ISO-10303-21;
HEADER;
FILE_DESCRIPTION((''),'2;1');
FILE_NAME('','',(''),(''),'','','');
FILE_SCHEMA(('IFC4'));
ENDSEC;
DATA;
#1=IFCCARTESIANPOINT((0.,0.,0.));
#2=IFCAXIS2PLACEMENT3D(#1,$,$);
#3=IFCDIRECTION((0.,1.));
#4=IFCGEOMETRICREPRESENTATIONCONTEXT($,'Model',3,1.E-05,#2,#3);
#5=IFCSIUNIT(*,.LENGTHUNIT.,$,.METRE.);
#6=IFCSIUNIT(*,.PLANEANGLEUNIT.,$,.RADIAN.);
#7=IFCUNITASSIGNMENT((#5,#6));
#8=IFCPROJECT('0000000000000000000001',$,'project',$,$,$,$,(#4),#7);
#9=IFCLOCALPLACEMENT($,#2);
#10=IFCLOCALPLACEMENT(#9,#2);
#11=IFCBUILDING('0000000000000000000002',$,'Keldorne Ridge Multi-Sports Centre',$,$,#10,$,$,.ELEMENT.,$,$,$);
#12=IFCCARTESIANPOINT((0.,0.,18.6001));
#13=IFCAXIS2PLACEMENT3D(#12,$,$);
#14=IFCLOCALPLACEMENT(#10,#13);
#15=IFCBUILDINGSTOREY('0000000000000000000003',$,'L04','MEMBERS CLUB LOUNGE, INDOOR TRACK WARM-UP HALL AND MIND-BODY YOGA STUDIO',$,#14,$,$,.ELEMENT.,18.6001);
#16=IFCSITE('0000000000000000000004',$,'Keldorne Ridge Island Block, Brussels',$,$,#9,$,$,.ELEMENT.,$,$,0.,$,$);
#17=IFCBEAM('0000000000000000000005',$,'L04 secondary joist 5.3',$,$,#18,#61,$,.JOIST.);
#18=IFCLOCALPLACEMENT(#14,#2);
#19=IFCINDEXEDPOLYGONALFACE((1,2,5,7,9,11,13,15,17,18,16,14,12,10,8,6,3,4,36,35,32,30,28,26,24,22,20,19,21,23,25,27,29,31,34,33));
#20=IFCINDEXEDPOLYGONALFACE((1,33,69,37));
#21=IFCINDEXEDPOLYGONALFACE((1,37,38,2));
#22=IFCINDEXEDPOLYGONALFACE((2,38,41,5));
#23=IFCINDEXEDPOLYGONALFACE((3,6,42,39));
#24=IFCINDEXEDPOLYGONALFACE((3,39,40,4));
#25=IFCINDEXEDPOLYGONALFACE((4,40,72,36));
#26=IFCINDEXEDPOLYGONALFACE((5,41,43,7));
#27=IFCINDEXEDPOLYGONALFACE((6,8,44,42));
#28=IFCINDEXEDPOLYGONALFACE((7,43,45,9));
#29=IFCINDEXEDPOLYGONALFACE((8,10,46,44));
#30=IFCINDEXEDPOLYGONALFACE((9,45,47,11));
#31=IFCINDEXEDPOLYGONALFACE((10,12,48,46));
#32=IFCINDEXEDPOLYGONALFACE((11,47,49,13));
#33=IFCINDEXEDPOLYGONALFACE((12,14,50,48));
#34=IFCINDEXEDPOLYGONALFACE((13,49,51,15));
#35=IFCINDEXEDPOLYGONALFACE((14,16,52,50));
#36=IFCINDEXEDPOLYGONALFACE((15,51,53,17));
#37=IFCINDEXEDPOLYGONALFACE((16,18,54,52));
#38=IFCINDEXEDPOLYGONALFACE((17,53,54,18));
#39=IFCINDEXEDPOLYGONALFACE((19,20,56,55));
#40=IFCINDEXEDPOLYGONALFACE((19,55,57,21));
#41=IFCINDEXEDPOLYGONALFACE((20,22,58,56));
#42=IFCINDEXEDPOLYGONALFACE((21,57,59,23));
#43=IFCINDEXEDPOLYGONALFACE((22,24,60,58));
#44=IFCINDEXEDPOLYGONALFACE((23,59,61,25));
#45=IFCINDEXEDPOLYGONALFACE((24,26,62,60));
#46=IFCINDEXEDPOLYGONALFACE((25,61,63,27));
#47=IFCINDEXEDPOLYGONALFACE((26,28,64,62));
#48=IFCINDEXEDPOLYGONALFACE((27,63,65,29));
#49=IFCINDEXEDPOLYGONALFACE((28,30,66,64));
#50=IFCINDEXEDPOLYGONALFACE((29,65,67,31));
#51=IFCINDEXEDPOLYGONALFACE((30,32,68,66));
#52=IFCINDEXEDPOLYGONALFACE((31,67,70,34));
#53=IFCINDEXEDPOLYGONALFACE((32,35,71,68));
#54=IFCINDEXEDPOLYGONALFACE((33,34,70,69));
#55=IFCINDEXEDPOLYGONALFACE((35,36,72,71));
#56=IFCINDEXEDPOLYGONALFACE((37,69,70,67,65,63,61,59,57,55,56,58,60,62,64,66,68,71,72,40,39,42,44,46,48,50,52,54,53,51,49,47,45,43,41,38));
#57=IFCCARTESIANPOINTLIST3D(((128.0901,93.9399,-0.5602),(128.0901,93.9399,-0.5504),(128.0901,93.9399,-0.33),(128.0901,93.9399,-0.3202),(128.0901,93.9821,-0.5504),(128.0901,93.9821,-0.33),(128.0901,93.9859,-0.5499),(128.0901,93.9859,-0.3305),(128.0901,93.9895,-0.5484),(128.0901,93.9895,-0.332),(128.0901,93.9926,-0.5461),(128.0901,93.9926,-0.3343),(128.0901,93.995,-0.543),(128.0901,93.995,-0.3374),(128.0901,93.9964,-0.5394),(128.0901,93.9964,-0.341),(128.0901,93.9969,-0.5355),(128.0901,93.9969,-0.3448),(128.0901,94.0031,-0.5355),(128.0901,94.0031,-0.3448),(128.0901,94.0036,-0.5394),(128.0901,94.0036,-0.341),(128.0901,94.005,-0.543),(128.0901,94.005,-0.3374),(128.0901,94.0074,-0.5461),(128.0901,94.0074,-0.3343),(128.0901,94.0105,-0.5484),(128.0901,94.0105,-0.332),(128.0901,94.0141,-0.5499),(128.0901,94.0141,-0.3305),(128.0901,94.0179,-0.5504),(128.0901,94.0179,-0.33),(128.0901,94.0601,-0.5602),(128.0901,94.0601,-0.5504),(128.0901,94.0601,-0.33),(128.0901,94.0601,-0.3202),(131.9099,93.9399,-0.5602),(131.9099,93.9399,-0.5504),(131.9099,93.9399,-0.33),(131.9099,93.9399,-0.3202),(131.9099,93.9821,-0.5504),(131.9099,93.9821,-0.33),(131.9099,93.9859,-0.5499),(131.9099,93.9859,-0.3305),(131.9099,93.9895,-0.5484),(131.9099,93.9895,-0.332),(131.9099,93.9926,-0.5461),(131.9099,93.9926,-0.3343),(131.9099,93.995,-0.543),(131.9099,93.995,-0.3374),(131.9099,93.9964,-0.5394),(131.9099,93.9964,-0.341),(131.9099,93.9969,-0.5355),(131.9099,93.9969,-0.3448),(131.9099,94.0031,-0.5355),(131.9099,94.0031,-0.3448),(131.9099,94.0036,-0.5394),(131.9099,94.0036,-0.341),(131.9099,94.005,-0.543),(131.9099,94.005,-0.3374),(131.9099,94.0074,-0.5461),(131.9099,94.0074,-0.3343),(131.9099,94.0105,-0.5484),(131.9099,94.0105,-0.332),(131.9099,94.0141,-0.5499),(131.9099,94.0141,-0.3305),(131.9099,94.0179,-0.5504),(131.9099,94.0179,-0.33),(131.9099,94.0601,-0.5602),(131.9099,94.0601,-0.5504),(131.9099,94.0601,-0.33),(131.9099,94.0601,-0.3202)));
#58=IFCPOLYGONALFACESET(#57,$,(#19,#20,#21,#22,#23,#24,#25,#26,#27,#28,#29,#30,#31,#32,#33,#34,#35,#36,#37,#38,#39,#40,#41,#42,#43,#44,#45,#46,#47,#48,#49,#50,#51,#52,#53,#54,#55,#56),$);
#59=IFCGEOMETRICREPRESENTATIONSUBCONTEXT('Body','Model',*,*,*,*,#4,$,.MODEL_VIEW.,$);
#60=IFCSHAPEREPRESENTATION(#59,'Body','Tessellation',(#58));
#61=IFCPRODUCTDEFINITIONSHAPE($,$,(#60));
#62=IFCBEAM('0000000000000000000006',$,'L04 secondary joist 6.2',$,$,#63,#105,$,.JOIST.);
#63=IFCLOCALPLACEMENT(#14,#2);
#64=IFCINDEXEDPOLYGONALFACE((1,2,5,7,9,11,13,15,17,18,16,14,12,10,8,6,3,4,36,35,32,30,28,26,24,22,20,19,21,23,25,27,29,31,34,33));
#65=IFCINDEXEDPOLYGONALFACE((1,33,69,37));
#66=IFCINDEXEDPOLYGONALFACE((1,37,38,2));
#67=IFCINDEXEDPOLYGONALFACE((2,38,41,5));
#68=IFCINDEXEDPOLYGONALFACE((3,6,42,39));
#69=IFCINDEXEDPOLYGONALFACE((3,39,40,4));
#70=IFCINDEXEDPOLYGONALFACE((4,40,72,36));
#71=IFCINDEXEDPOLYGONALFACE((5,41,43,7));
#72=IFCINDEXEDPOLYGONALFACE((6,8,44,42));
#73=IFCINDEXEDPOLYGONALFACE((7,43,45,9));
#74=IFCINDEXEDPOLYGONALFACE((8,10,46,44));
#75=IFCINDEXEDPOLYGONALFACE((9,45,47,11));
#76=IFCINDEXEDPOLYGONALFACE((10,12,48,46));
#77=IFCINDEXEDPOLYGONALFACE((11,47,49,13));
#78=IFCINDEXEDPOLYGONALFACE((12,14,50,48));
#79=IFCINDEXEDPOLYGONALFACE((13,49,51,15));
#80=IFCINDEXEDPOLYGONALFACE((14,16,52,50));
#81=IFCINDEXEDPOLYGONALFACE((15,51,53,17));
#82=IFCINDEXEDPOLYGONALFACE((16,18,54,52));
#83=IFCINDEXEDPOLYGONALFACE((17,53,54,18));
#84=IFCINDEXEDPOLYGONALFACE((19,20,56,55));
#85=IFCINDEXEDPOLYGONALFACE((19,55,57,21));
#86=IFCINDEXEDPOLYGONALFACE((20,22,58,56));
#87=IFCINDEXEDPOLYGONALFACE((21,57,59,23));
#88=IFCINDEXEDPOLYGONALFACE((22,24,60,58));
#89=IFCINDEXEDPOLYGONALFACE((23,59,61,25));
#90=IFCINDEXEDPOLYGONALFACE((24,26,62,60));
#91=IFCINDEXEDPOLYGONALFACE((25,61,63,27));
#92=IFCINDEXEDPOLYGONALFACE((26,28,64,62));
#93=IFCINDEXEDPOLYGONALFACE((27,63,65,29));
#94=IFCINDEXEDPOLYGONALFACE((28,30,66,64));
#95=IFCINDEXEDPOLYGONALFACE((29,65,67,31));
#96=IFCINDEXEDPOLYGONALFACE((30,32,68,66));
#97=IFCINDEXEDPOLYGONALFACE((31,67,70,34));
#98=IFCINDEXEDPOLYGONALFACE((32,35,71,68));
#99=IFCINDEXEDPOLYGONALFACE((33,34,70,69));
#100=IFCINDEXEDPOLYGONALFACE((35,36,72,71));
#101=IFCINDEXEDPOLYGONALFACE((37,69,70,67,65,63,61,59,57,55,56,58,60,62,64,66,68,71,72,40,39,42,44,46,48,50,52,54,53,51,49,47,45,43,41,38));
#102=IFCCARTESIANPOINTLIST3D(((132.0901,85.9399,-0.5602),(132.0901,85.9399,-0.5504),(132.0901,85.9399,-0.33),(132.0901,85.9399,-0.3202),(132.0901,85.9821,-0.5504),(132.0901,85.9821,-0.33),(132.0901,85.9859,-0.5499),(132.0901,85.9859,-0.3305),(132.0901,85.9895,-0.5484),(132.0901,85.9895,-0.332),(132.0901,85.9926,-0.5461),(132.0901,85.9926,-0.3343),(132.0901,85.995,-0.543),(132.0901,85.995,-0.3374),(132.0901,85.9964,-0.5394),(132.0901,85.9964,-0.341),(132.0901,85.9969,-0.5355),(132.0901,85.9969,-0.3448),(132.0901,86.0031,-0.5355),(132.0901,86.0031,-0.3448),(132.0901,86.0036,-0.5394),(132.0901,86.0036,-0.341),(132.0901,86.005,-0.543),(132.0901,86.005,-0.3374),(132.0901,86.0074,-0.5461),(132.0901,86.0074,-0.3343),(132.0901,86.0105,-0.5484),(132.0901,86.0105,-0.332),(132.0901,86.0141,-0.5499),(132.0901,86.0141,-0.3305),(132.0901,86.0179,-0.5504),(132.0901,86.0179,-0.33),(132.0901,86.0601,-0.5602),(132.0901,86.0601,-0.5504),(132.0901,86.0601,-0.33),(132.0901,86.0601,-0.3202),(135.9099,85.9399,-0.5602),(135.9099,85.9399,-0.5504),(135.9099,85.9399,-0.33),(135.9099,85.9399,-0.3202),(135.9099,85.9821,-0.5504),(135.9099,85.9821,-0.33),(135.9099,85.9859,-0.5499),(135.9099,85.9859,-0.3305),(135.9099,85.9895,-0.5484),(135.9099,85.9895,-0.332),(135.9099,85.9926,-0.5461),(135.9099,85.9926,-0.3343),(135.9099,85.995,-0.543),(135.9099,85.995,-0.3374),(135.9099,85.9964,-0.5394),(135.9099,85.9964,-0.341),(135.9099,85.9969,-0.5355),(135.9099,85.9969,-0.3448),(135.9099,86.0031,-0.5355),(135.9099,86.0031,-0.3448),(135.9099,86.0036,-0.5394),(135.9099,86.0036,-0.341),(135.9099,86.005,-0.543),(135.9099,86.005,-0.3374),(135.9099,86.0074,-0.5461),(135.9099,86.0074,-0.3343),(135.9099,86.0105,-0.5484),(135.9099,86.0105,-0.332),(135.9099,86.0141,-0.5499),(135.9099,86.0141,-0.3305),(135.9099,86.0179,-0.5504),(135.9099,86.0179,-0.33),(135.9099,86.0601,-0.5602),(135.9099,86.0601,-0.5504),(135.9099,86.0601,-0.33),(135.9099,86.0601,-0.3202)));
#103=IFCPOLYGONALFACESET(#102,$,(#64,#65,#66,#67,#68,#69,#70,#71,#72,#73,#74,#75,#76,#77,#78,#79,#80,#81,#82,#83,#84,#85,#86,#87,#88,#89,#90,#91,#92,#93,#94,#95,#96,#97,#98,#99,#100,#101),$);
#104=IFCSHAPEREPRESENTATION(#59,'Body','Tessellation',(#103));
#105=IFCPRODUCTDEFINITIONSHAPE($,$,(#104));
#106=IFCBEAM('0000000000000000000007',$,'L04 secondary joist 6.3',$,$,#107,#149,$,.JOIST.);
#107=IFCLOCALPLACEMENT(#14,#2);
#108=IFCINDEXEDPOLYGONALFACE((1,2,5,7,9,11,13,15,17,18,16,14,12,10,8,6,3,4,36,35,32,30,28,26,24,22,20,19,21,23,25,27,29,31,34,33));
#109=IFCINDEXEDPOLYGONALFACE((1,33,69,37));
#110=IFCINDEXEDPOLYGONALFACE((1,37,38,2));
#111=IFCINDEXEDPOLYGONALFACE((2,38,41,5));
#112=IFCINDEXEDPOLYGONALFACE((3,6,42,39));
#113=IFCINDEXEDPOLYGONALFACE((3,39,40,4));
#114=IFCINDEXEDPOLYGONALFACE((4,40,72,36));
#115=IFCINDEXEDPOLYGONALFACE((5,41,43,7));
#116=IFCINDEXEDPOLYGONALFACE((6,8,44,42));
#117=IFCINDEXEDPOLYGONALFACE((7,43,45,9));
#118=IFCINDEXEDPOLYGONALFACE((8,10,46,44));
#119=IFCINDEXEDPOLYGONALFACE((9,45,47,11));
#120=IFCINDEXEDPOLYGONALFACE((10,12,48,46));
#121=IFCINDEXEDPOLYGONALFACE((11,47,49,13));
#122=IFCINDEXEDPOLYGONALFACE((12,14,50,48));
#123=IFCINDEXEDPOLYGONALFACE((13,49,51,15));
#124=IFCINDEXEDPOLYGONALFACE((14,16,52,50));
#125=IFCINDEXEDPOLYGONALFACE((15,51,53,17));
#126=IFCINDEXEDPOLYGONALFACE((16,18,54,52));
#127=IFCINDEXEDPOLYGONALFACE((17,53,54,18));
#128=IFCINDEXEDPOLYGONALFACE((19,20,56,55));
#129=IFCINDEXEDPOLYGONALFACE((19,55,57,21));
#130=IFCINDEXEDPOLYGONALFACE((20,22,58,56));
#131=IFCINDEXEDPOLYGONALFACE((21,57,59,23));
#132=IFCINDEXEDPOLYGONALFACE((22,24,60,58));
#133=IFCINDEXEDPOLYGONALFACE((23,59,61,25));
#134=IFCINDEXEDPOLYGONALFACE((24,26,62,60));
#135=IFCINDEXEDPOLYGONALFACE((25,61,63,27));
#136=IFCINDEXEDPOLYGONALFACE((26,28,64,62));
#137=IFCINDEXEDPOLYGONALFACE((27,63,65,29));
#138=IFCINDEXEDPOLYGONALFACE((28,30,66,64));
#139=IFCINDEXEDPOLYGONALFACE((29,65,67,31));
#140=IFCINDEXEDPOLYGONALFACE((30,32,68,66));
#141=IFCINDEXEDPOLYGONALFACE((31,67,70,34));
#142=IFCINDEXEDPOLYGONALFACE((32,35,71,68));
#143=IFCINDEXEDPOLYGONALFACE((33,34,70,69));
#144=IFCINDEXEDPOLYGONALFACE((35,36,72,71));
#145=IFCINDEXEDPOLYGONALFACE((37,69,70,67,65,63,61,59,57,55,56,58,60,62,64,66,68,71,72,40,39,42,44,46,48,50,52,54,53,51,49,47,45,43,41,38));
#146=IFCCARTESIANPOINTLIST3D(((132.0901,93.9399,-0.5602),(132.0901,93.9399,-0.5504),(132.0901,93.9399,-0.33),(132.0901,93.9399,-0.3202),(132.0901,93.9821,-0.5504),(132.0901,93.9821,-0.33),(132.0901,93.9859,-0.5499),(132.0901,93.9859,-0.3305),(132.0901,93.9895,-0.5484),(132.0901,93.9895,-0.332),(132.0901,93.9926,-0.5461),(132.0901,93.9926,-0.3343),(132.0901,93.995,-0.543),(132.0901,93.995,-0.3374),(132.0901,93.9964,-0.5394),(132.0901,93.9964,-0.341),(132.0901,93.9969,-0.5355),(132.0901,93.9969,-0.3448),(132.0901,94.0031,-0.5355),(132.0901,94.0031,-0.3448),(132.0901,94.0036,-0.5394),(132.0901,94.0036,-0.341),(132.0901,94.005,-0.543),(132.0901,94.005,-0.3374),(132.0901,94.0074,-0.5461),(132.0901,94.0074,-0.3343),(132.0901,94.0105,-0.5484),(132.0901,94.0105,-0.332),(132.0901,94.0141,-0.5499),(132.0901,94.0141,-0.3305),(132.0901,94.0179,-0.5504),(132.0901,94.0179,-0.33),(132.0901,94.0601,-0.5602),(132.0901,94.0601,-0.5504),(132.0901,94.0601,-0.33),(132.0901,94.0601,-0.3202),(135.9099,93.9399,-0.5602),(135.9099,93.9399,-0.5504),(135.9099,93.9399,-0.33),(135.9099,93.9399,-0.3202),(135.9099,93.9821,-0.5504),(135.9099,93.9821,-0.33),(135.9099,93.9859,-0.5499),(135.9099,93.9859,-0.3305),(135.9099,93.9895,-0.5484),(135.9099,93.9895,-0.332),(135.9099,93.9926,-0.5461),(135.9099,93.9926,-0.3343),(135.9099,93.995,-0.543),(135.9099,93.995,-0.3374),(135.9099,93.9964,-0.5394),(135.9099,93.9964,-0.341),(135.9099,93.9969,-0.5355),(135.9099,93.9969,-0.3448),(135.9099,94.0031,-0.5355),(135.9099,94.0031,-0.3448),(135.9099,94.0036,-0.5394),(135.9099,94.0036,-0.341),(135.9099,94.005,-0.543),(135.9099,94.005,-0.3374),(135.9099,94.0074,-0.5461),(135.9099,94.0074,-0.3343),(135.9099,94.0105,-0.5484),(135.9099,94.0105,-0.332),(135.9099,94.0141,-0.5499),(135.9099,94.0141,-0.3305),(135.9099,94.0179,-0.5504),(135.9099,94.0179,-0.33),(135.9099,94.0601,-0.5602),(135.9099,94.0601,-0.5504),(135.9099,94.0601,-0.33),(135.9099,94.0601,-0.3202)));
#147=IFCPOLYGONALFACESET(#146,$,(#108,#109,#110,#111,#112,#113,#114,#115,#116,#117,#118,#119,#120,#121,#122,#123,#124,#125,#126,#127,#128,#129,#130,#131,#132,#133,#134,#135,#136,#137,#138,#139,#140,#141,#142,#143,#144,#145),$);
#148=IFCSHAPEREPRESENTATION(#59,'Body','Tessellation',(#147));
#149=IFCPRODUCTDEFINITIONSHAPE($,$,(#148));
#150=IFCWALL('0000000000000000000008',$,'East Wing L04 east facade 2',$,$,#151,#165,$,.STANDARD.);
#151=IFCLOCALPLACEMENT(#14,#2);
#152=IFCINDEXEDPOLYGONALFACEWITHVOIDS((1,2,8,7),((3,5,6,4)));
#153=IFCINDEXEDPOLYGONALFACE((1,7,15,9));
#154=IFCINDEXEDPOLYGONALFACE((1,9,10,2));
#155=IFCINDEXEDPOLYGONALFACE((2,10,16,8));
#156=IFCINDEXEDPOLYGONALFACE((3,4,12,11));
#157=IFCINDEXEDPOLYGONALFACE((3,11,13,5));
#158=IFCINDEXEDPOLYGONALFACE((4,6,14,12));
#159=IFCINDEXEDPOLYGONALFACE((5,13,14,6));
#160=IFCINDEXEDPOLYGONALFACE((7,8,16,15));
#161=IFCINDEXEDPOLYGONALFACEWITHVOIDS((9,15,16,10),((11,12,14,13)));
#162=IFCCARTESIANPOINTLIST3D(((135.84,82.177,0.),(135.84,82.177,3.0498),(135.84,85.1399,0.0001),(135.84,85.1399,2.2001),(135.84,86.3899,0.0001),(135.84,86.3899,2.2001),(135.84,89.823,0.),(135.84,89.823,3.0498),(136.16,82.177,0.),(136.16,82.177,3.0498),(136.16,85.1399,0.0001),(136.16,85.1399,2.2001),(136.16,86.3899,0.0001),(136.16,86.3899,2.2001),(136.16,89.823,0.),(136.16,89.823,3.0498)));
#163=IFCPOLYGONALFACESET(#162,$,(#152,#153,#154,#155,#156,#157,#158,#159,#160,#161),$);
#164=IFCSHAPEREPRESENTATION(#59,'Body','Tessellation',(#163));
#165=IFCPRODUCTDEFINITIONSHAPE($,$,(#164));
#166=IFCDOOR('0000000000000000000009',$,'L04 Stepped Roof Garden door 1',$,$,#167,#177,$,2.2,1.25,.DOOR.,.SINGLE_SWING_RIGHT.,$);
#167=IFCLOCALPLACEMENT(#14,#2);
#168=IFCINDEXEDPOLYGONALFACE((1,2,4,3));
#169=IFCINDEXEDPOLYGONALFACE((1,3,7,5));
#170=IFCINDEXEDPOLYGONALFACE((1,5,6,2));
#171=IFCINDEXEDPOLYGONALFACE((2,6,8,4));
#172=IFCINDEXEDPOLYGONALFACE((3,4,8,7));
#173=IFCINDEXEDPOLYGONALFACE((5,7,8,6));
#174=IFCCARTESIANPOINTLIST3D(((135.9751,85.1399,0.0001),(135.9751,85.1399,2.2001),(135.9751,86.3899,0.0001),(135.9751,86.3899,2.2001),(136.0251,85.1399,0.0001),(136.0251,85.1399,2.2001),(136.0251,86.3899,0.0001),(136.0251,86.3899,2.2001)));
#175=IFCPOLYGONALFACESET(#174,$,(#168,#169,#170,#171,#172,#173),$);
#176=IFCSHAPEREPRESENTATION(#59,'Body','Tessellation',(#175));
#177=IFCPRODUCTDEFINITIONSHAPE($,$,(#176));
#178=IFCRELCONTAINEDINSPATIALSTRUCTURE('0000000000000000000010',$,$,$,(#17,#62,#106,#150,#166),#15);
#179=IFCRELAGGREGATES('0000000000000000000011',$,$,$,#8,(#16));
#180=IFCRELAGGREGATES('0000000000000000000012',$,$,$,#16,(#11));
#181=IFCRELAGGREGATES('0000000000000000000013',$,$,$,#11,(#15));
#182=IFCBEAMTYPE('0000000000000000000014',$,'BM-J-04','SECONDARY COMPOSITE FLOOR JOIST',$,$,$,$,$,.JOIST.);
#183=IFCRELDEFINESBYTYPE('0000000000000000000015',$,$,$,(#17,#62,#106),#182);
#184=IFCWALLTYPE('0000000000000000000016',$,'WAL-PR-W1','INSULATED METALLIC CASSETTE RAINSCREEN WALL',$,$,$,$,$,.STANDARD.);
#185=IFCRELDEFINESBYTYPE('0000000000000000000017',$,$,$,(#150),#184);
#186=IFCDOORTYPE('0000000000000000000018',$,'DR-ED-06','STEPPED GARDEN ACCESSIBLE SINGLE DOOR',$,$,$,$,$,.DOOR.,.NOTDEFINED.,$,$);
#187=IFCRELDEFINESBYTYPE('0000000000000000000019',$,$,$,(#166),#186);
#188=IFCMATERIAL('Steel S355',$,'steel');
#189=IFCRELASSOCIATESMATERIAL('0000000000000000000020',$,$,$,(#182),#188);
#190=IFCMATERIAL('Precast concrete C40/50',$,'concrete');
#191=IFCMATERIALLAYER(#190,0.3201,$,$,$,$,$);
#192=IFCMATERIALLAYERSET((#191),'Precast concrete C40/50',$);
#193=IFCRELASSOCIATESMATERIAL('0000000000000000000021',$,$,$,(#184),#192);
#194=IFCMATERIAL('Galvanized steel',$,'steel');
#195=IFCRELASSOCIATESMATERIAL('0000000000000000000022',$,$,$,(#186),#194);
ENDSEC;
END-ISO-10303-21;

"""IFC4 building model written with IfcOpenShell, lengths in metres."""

from ifc_helpers import new_model, si_unit, direction, frame, frame_2d, origin, origin_2d, place, context, subcontext, project, spatial, rectangle, i_section, extrude, material, layer, layer_set, material_profile, profile_set, type_object, element, fill, save


model = new_model("IFC4")

# Units and contexts
model_context = context("Model", 3, precision=1e-05, world=origin(), true_north=direction((0.0, 1.0)))
body_context = subcontext(model_context, "Body", "Model", "MODEL_VIEW")
ifc_project = project(units=[si_unit("LENGTHUNIT", "METRE"), si_unit("PLANEANGLEUNIT", "RADIAN")], contexts=[model_context])

# Site, building, storey
site_placement = place(None, origin())
site = spatial("IfcSite", under=ifc_project, at=site_placement, Name="Keldorne Ridge Island Block, Brussels", CompositionType="ELEMENT", RefElevation=0.0)
building_placement = place(site_placement, origin())
building = spatial("IfcBuilding", under=site, at=building_placement, Name="Keldorne Ridge Multi-Sports Centre", CompositionType="ELEMENT")
storey_placement = place(building_placement, frame((0.0, 0.0, 18.6001)))
storey = spatial("IfcBuildingStorey", under=building, at=storey_placement, Name="L04", Description="MEMBERS CLUB LOUNGE, INDOOR TRACK WARM-UP HALL AND MIND-BODY YOGA STUDIO", CompositionType="ELEMENT", Elevation=18.6001)

# Shared definitions
ifc_material_1 = material(Name="Steel S355", Category="steel")

# Beams
ifc_material_profile_1 = material_profile(ifc_material_1, i_section(OverallWidth=0.1201, OverallDepth=0.24, WebThickness=0.0061, FlangeThickness=0.0098, FilletRadius=0.0149, at=origin_2d()), Name="IPE 240")
ifc_profile_set_1 = profile_set([ifc_material_profile_1], Name="Steel S355")
beam_type_1 = type_object("IfcBeamType", Name="BM-J-04", Description="SECONDARY COMPOSITE FLOOR JOIST", PredefinedType="JOIST", material=ifc_profile_set_1)
for number, where, z_axis, x_axis, name in (
    (1, (128.0901, 94.0, -0.4402), (1.0, 0.0, 0.0), (0.0, 1.0, 0.0), "L04 secondary joist 5.3"),
    (2, (132.0901, 86.0, -0.4402), (1.0, 0.0, 0.0), (0.0, 1.0, 0.0), "L04 secondary joist 6.2"),
    (3, (132.0901, 94.0, -0.4402), (1.0, 0.0, 0.0), (0.0, 1.0, 0.0), "L04 secondary joist 6.3"),
):
    element("IfcBeam", number, at=place(storey_placement, frame(where, z_axis=z_axis, x_axis=x_axis)), inside=storey, type_object=beam_type_1, Name=name, PredefinedType="JOIST", context=body_context, shape_type="SweptSolid", body=[
        extrude(i_section(OverallWidth=0.1201, OverallDepth=0.24, WebThickness=0.0061, FlangeThickness=0.0098, FilletRadius=0.0149, at=origin_2d()), origin(), (0.0, 0.0, 1.0), 3.8198),
    ])

# Wall, opening, door
ifc_material_2 = material(Name="Precast concrete C40/50", Category="concrete")
ifc_layer = layer(ifc_material_2, 0.3201)
ifc_layer_set = layer_set([ifc_layer], Name="Precast concrete C40/50")
wall_type = type_object("IfcWallType", Name="WAL-PR-W1", Description="INSULATED METALLIC CASSETTE RAINSCREEN WALL", PredefinedType="STANDARD", material=ifc_layer_set)
wall_1_placement = place(storey_placement, frame((136.0, 82.177, 0.0), z_axis=(0.0, 0.0, 1.0), x_axis=(0.0, 1.0, 0.0)))
wall_1 = element("IfcWall", 4, at=wall_1_placement, inside=storey, type_object=wall_type, Name="East Wing L04 east facade 2", PredefinedType="STANDARD", context=body_context, shape_type="SweptSolid", body=[
    extrude(rectangle(XDim=7.646, YDim=0.3201, at=frame_2d((3.823, 0.0))), origin(), (0.0, 0.0, 1.0), 3.0498),
])
opening_1_placement = place(wall_1_placement, frame((2.9629, 0.0, 0.0)))
opening_1 = element("IfcOpeningElement", 5, at=opening_1_placement, cuts=wall_1, PredefinedType="OPENING", context=body_context, shape_type="SweptSolid", body=[
    extrude(rectangle(XDim=1.25, YDim=2.2, at=frame_2d((0.625, 1.1001))), frame((0.0, 0.1699, 0.0), z_axis=(0.0, -1.0, 0.0), x_axis=(1.0, 0.0, 0.0)), (0.0, 0.0, 1.0), 0.3401),
])
ifc_material_3 = material(Name="Galvanized steel", Category="steel")
door_type = type_object("IfcDoorType", Name="DR-ED-06", Description="STEPPED GARDEN ACCESSIBLE SINGLE DOOR", OperationType="NOTDEFINED", PredefinedType="DOOR", material=ifc_material_3)
door_placement = place(opening_1_placement, origin())
door = element("IfcDoor", 6, at=door_placement, inside=storey, type_object=door_type, Name="L04 Stepped Roof Garden door 1", OperationType="SINGLE_SWING_RIGHT", OverallHeight=2.2, OverallWidth=1.25, PredefinedType="DOOR", context=body_context, shape_type="SweptSolid", body=[
    extrude(rectangle(XDim=1.25, YDim=2.2, at=frame_2d((0.625, 1.1001))), frame((0.0, 0.0249, 0.0), z_axis=(0.0, -1.0, 0.0), x_axis=(1.0, 0.0, 0.0)), (0.0, 0.0, 1.0), 0.05),
])
fill(opening_1, door)

save(model, "model.ifc")
